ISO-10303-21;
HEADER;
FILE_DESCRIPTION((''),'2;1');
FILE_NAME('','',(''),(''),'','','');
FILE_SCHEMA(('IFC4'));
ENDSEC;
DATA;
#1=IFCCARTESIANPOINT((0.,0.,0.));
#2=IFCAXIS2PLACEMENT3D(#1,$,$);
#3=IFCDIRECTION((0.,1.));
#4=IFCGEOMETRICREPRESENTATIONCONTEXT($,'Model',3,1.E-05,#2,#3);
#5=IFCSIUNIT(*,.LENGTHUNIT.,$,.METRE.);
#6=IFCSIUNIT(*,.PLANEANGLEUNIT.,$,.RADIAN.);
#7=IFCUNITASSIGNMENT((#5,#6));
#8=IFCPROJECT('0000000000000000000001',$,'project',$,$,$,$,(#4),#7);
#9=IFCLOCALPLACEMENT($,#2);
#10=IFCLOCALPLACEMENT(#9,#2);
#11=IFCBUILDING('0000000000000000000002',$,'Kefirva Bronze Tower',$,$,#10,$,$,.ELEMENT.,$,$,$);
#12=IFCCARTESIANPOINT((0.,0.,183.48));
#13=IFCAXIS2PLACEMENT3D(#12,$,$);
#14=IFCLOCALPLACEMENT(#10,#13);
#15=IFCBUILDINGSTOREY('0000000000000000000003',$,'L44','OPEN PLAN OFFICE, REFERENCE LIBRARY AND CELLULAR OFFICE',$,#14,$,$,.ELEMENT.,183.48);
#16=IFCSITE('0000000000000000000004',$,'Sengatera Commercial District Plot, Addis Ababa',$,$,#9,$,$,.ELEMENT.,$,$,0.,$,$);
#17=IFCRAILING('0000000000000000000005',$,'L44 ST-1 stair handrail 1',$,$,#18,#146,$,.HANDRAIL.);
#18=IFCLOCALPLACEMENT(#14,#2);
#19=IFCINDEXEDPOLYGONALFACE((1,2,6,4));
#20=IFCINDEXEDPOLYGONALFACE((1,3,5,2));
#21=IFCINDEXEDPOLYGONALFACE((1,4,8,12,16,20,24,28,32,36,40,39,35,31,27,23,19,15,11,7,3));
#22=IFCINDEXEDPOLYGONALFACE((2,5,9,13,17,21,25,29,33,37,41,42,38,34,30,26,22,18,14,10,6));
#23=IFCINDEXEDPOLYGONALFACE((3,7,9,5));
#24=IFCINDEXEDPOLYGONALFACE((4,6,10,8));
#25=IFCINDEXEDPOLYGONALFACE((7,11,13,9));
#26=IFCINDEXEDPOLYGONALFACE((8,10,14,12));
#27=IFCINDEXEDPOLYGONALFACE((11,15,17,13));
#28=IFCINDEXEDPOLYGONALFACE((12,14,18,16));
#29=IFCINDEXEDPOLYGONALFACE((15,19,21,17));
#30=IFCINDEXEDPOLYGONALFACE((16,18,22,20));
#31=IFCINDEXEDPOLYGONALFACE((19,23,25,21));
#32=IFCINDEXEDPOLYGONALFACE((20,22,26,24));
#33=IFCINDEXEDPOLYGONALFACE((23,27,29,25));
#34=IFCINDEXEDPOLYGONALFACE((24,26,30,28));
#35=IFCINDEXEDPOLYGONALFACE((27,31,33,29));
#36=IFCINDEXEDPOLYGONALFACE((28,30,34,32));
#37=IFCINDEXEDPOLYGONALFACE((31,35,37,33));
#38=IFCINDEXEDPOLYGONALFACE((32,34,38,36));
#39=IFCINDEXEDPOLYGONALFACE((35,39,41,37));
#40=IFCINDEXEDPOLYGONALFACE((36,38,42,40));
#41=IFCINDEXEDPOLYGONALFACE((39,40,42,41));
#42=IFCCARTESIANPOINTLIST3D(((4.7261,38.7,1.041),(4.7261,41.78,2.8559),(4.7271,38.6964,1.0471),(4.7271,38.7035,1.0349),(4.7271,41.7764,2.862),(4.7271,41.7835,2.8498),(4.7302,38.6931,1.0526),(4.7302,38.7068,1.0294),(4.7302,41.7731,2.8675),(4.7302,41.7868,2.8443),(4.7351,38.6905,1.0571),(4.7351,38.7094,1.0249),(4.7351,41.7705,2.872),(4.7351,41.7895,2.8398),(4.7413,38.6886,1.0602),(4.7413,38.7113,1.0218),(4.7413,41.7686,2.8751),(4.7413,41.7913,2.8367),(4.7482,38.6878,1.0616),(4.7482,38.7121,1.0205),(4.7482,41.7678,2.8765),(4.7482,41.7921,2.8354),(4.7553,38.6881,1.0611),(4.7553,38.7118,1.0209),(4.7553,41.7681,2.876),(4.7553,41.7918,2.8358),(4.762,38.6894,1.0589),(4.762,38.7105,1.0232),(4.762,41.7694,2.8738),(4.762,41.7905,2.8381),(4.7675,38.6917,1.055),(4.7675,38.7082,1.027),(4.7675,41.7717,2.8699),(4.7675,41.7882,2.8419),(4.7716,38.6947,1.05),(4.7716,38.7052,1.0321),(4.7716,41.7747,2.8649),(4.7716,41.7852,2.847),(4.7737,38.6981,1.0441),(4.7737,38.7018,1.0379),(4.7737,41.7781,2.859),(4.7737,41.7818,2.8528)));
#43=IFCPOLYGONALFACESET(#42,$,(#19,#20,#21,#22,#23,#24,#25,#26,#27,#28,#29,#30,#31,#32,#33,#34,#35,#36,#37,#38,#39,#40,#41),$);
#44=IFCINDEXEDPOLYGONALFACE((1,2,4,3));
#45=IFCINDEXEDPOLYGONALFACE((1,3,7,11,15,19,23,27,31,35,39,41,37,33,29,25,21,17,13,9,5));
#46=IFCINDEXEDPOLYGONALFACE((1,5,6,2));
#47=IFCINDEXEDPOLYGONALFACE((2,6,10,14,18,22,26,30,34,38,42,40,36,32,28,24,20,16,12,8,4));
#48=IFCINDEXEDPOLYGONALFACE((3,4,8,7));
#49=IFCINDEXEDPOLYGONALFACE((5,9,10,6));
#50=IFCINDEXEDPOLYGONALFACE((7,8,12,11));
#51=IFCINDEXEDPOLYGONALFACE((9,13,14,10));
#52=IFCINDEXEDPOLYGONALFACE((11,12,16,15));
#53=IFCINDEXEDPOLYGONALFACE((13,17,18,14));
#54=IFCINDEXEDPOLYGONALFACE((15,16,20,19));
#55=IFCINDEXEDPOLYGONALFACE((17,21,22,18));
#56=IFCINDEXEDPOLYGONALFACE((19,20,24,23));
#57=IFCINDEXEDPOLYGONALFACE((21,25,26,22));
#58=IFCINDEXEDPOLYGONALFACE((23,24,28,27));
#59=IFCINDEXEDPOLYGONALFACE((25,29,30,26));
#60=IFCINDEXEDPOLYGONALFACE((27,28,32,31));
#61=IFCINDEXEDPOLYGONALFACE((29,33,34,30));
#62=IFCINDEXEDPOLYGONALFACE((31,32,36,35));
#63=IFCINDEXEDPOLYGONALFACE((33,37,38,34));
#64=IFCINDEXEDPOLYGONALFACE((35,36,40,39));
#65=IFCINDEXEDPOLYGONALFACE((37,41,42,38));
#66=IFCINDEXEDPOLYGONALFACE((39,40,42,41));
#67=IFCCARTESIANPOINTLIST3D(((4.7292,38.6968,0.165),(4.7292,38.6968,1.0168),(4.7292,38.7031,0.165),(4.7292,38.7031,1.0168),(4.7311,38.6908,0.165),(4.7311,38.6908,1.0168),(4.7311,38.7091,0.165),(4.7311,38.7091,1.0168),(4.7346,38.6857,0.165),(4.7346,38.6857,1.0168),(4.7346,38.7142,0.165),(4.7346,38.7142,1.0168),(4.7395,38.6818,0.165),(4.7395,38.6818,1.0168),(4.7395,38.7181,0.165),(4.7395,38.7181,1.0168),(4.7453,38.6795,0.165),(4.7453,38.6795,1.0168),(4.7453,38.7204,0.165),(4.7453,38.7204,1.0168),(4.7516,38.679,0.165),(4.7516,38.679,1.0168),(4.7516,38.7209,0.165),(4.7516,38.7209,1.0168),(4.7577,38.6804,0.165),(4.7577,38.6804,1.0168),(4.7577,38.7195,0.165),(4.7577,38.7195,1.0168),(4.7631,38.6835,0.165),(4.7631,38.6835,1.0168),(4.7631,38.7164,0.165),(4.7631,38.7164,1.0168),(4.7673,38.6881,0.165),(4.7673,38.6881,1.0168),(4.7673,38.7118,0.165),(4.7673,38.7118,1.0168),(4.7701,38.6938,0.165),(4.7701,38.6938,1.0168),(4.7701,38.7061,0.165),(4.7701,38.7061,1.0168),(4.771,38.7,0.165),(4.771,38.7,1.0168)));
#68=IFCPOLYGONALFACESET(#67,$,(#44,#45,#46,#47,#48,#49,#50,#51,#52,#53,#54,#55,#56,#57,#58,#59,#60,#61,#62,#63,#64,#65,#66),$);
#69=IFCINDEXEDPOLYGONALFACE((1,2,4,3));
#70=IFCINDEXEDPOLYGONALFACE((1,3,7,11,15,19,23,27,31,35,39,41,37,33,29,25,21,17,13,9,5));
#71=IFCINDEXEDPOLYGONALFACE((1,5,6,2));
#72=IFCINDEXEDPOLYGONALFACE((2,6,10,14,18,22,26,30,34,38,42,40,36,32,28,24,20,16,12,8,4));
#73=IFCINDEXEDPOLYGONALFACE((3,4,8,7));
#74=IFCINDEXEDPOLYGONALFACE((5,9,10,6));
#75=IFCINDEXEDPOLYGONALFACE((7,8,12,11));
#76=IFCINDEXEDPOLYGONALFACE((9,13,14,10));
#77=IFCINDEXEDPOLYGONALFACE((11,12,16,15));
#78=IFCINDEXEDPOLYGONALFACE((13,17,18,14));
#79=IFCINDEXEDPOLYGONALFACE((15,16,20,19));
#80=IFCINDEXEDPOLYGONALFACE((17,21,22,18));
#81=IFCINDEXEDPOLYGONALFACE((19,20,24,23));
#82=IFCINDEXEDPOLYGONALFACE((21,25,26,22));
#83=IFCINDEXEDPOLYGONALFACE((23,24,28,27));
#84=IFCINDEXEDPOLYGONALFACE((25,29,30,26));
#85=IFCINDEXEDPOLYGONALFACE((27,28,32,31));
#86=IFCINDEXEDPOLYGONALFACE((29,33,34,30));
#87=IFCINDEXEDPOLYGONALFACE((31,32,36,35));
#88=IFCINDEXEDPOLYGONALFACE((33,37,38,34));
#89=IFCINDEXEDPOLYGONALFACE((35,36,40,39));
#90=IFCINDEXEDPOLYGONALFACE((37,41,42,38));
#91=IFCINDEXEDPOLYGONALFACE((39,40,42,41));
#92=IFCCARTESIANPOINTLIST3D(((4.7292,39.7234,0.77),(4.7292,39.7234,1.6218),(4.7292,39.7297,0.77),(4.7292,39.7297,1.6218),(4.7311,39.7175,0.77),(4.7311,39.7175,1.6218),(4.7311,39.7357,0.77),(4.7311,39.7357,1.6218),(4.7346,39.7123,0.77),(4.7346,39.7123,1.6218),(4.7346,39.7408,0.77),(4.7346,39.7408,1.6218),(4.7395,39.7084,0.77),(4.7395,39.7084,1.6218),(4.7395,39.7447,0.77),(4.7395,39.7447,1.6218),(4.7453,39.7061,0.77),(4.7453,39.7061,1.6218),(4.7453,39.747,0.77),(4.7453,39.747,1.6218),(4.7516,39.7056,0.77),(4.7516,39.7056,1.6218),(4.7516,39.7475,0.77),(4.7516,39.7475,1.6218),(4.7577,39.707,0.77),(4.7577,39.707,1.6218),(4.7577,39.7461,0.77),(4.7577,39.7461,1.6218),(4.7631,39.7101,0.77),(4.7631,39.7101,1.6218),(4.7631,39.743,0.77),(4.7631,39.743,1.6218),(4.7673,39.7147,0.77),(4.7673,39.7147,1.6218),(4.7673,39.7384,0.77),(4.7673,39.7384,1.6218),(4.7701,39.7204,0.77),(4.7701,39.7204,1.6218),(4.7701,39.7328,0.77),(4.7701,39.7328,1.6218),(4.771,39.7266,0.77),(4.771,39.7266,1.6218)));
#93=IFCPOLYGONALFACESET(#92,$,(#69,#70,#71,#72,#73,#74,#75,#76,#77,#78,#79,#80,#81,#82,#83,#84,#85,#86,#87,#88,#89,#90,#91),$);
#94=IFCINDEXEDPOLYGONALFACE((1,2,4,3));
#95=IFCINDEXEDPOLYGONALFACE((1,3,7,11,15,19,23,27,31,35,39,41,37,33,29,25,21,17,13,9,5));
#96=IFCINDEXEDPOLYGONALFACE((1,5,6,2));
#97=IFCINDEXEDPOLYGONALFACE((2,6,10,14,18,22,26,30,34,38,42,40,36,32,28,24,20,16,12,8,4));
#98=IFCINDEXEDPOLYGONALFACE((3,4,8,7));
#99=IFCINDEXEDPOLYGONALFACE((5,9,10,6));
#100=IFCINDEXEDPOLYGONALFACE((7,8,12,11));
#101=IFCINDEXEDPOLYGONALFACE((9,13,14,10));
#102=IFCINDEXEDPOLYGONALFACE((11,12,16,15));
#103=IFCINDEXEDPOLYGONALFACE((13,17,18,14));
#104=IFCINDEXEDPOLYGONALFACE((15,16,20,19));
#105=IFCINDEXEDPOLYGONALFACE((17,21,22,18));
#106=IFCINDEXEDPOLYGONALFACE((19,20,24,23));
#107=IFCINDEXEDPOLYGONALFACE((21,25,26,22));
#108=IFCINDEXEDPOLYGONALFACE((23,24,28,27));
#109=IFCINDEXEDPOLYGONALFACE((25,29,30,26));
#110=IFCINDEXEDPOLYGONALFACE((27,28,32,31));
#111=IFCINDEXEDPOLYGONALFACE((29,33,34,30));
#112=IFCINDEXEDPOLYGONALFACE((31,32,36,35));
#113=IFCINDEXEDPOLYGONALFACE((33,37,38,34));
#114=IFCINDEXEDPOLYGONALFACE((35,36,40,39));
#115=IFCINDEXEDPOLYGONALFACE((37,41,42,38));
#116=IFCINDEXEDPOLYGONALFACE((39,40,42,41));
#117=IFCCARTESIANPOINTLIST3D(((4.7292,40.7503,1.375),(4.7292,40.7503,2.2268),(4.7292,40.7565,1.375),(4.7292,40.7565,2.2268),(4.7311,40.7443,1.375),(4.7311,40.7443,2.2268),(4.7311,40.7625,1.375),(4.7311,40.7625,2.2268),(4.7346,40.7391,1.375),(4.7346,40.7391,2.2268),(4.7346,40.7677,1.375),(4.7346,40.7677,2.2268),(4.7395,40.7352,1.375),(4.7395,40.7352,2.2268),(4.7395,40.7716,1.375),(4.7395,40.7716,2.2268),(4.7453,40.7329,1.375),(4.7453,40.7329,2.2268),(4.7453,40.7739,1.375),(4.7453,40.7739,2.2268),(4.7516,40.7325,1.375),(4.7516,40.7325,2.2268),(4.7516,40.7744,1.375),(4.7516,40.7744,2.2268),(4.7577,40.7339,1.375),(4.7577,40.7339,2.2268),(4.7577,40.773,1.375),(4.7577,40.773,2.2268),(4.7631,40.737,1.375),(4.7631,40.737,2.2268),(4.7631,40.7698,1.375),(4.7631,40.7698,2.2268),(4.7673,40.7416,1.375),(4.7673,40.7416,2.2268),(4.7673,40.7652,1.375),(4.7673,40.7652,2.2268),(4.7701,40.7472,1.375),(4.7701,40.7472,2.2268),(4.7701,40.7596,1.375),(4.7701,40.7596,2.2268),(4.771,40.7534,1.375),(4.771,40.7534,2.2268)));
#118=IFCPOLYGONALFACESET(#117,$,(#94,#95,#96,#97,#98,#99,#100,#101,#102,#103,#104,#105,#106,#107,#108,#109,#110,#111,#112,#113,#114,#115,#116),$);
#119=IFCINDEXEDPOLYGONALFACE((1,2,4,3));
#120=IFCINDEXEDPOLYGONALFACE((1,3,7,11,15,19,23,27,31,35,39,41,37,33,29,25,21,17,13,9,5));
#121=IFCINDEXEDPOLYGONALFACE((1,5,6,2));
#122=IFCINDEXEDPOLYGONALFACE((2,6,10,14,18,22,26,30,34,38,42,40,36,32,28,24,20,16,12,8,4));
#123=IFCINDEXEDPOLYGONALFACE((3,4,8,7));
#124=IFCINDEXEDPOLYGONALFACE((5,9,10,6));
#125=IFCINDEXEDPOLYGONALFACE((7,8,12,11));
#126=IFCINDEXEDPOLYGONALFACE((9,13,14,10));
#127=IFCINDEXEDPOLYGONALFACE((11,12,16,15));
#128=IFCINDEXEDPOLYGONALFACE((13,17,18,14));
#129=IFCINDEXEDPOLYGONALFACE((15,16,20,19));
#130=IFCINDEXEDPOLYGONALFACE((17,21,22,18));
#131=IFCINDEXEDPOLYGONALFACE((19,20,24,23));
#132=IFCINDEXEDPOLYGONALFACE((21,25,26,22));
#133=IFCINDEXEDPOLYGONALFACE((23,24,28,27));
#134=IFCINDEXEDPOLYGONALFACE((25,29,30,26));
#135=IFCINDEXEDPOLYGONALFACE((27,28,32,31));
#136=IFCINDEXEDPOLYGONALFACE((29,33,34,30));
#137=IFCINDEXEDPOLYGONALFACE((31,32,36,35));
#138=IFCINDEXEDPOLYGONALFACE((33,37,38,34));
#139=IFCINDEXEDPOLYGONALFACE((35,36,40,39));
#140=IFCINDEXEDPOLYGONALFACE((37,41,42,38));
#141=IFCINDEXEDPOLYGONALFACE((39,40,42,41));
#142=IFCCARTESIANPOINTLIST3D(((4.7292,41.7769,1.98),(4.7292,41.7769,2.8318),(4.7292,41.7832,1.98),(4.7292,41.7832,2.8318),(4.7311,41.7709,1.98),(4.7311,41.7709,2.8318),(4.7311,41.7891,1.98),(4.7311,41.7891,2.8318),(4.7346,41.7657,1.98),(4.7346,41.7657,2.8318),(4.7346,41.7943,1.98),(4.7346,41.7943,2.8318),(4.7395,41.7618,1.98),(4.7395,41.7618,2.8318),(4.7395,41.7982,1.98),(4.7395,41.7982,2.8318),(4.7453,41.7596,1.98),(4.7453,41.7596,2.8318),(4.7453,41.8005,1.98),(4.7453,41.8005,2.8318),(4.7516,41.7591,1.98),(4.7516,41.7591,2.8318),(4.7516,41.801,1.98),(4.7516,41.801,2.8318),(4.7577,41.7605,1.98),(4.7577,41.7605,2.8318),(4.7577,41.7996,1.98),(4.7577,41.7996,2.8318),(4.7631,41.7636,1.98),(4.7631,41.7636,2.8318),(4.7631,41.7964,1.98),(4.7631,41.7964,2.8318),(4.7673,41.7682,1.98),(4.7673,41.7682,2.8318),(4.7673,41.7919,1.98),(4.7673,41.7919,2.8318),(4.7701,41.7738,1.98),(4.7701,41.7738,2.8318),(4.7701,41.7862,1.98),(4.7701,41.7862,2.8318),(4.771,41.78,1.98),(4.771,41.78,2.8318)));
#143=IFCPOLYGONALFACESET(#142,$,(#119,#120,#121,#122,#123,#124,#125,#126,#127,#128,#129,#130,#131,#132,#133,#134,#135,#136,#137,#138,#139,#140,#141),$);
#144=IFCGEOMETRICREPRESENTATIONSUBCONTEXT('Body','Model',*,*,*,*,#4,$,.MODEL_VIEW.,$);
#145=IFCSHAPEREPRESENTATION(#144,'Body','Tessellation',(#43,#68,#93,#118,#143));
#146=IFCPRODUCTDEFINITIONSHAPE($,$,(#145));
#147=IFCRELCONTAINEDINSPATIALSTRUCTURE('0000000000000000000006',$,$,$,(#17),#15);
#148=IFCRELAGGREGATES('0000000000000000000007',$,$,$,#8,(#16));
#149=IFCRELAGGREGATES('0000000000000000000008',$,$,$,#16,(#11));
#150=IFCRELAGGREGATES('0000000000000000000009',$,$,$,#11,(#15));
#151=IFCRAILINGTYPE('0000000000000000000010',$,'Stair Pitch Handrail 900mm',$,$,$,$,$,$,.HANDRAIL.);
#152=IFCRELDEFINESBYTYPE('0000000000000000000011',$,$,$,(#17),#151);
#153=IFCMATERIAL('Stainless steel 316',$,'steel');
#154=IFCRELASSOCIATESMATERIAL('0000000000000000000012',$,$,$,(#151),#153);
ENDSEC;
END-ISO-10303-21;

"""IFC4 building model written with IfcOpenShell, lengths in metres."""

from ifc_helpers import new_model, si_unit, direction, frame, origin, origin_2d, place, context, subcontext, project, spatial, circle, extrude, material, type_object, element, save


model = new_model("IFC4")

# Units and contexts
model_context = context("Model", 3, precision=1e-05, world=origin(), true_north=direction((0.0, 1.0)))
body_context = subcontext(model_context, "Body", "Model", "MODEL_VIEW")
ifc_project = project(units=[si_unit("LENGTHUNIT", "METRE"), si_unit("PLANEANGLEUNIT", "RADIAN")], contexts=[model_context])

# Site, building, storey
site_placement = place(None, origin())
site = spatial("IfcSite", under=ifc_project, at=site_placement, Name="Sengatera Commercial District Plot, Addis Ababa", CompositionType="ELEMENT", RefElevation=0.0)
building_placement = place(site_placement, origin())
building = spatial("IfcBuilding", under=site, at=building_placement, Name="Kefirva Bronze Tower", CompositionType="ELEMENT")
storey_placement = place(building_placement, frame((0.0, 0.0, 183.48)))
storey = spatial("IfcBuildingStorey", under=building, at=storey_placement, Name="L44", Description="OPEN PLAN OFFICE, REFERENCE LIBRARY AND CELLULAR OFFICE", CompositionType="ELEMENT", Elevation=183.48)

# Shared definitions
ifc_material_1 = material(Name="Stainless steel 316", Category="steel")

# Railing
railing_type = type_object("IfcRailingType", Name="Stair Pitch Handrail 900mm", PredefinedType="HANDRAIL", material=ifc_material_1)
railing_placement = place(storey_placement, frame((4.75, 38.7, 0.165)))
element("IfcRailing", 1, at=railing_placement, inside=storey, type_object=railing_type, Name="L44 ST-1 stair handrail 1", PredefinedType="HANDRAIL", context=body_context, shape_type="SweptSolid", body=[
    extrude(circle(Radius=0.0239, at=origin_2d()), frame((0.0, 0.0, 0.876), z_axis=(0.0, 0.861551, 0.507671), x_axis=(-1.0, 0.0, 0.0)), (0.0, 0.0, 1.0), 3.575),
    extrude(circle(Radius=0.021, at=origin_2d()), origin(), (0.0, 0.0, 1.0), 0.8518),
    extrude(circle(Radius=0.021, at=origin_2d()), frame((0.0, 1.0266, 0.605)), (0.0, 0.0, 1.0), 0.8518),
    extrude(circle(Radius=0.021, at=origin_2d()), frame((0.0, 2.0535, 1.21)), (0.0, 0.0, 1.0), 0.8518),
    extrude(circle(Radius=0.021, at=origin_2d()), frame((0.0, 3.0801, 1.8149)), (0.0, 0.0, 1.0), 0.8518),
])

save(model, "model.ifc")
